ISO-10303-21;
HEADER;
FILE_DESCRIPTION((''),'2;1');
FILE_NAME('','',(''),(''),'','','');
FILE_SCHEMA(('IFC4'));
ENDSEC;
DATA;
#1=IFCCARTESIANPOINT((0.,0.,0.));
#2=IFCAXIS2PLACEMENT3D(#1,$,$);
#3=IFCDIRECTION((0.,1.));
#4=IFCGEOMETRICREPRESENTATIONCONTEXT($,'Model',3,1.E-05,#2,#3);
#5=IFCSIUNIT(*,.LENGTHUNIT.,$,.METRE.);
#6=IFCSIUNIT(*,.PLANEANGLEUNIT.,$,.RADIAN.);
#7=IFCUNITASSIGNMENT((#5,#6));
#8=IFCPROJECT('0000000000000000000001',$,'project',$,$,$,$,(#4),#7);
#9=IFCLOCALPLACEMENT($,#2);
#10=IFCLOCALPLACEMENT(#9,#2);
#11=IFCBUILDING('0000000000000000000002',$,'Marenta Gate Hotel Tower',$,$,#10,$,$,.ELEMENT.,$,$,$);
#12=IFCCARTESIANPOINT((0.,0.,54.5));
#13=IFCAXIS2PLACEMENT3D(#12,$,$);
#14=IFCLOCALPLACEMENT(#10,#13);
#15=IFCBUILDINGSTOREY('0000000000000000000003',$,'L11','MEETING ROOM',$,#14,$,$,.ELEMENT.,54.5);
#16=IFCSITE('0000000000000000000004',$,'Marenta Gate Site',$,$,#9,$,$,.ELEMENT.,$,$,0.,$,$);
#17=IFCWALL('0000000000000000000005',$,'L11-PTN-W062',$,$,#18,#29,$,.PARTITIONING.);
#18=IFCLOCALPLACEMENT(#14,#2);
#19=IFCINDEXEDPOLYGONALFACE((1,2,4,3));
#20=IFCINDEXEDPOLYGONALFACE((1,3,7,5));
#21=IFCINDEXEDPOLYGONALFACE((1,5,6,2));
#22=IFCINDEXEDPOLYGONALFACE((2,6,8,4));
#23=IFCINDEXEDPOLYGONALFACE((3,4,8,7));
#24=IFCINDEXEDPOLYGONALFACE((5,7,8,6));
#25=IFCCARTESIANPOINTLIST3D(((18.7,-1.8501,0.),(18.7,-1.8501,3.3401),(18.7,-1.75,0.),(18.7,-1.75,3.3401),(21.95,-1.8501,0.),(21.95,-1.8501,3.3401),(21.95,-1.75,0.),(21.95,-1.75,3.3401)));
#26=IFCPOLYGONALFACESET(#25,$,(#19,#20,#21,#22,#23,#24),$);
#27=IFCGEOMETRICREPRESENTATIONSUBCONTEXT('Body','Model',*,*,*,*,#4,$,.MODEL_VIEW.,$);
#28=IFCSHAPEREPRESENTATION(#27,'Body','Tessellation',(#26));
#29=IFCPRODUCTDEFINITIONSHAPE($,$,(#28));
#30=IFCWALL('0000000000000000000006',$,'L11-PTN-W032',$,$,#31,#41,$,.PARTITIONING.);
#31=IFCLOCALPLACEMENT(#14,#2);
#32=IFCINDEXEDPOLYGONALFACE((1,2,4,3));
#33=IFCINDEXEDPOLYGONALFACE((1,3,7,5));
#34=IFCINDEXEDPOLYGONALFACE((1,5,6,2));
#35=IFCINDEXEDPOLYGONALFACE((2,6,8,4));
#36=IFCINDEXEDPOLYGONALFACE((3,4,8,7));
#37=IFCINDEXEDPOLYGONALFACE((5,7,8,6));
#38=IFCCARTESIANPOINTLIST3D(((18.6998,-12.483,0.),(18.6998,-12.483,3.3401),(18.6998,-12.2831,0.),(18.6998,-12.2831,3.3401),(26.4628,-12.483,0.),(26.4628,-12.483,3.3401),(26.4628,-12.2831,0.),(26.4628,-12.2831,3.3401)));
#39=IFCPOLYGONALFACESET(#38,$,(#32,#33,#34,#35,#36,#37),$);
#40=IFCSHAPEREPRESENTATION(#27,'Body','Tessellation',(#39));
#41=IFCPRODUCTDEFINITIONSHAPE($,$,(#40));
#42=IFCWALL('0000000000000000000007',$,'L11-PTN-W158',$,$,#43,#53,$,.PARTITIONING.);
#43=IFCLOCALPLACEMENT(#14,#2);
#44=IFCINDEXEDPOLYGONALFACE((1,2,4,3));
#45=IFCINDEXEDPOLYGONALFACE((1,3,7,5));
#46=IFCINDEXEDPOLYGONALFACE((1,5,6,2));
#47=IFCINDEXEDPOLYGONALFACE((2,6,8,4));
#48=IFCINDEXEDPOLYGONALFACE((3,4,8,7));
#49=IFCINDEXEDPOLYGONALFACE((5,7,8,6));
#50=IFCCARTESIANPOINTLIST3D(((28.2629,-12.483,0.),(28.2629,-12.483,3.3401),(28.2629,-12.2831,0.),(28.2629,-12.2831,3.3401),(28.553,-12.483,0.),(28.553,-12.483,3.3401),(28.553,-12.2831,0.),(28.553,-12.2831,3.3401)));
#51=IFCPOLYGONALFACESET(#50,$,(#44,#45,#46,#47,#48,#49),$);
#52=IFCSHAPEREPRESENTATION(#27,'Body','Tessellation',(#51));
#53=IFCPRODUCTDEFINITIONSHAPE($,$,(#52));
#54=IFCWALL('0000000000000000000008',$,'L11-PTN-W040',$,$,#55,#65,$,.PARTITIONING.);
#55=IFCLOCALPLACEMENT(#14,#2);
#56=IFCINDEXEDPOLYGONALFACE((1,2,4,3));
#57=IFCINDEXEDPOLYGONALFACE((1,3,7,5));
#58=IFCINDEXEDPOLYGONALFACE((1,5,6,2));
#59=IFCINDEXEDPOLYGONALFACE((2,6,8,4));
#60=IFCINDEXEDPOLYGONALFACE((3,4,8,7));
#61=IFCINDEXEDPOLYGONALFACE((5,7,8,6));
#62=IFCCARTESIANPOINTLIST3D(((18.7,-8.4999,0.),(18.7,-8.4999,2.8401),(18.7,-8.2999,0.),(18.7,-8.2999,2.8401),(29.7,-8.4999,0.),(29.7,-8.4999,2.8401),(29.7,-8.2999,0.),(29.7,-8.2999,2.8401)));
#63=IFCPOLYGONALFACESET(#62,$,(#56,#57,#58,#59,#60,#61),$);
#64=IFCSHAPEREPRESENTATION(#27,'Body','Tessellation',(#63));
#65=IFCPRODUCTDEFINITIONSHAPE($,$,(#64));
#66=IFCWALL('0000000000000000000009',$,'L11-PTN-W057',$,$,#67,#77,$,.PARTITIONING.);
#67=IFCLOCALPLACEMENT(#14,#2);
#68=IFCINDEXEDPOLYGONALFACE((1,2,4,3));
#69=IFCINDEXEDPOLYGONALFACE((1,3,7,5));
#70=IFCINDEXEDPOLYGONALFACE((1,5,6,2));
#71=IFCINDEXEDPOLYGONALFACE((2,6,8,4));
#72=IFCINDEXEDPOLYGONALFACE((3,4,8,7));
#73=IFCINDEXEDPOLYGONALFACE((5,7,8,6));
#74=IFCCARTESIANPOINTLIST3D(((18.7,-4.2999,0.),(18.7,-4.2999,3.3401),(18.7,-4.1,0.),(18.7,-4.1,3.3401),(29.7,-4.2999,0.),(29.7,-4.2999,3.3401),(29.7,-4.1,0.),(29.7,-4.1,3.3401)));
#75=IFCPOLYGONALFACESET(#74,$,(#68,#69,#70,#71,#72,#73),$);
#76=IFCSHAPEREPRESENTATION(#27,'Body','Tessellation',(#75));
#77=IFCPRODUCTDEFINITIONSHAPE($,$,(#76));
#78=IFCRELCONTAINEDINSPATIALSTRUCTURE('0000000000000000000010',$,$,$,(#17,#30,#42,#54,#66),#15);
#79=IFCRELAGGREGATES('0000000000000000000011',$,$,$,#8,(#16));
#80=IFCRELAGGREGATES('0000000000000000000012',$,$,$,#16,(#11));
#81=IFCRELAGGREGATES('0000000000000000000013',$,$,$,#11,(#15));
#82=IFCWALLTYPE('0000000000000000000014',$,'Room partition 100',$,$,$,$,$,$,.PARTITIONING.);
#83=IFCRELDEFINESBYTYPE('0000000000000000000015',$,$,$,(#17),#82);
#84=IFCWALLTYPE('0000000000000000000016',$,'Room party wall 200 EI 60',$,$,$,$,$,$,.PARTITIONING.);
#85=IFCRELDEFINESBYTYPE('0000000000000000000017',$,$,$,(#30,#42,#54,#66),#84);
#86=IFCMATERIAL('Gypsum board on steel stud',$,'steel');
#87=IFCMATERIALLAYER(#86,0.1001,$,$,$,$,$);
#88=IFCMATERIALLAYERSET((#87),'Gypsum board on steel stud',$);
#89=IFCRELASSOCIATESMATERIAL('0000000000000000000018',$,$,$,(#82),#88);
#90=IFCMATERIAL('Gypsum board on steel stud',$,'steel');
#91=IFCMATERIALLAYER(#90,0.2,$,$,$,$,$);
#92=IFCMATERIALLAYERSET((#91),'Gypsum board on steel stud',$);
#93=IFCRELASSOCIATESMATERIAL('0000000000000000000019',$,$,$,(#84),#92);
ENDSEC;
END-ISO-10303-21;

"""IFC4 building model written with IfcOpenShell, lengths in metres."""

from ifc_helpers import new_model, si_unit, direction, frame, frame_2d, origin, place, context, subcontext, project, spatial, rectangle, extrude, material, layer, layer_set, type_object, element, save


model = new_model("IFC4")

# Units and contexts
model_context = context("Model", 3, precision=1e-05, world=origin(), true_north=direction((0.0, 1.0)))
body_context = subcontext(model_context, "Body", "Model", "MODEL_VIEW")
ifc_project = project(units=[si_unit("LENGTHUNIT", "METRE"), si_unit("PLANEANGLEUNIT", "RADIAN")], contexts=[model_context])

# Site, building, storey
site_placement = place(None, origin())
site = spatial("IfcSite", under=ifc_project, at=site_placement, Name="Marenta Gate Site", CompositionType="ELEMENT", RefElevation=0.0)
building_placement = place(site_placement, origin())
building = spatial("IfcBuilding", under=site, at=building_placement, Name="Marenta Gate Hotel Tower", CompositionType="ELEMENT")
storey_placement = place(building_placement, frame((0.0, 0.0, 54.5)))
storey = spatial("IfcBuildingStorey", under=building, at=storey_placement, Name="L11", Description="MEETING ROOM", CompositionType="ELEMENT", Elevation=54.5)

# Shared definitions
ifc_material_1 = material(Name="Gypsum board on steel stud", Category="steel")
ifc_layer_1 = layer(ifc_material_1, 0.1001)
ifc_layer_set_1 = layer_set([ifc_layer_1], Name="Gypsum board on steel stud")
wall_type_1 = type_object("IfcWallType", Name="Room partition 100", PredefinedType="PARTITIONING", material=ifc_layer_set_1)

# Walls
wall_1_placement = place(storey_placement, frame((18.7, -1.8, 0.0), z_axis=(0.0, 0.0, 1.0), x_axis=(1.0, 0.0, 0.0)))
element("IfcWall", 1, at=wall_1_placement, inside=storey, type_object=wall_type_1, Name="L11-PTN-W062", PredefinedType="PARTITIONING", context=body_context, shape_type="SweptSolid", body=[
    extrude(rectangle(XDim=3.25, YDim=0.1001, at=frame_2d((1.625, 0.0))), origin(), (0.0, 0.0, 1.0), 3.3401),
])
ifc_material_2 = material(Name="Gypsum board on steel stud", Category="steel")
ifc_layer_2 = layer(ifc_material_2, 0.2)
ifc_layer_set_2 = layer_set([ifc_layer_2], Name="Gypsum board on steel stud")
wall_type_2 = type_object("IfcWallType", Name="Room party wall 200 EI 60", PredefinedType="PARTITIONING", material=ifc_layer_set_2)
wall_2_placement = place(storey_placement, frame((18.7, -12.3831, 0.0), z_axis=(0.0, 0.0, 1.0), x_axis=(1.0, 0.0, 0.0)))
element("IfcWall", 2, at=wall_2_placement, inside=storey, type_object=wall_type_2, Name="L11-PTN-W032", PredefinedType="PARTITIONING", context=body_context, shape_type="SweptSolid", body=[
    extrude(rectangle(XDim=7.7629, YDim=0.2, at=frame_2d((3.8813, 0.0))), origin(), (0.0, 0.0, 1.0), 3.3401),
])
wall_3_placement = place(storey_placement, frame((28.2629, -12.3831, 0.0), z_axis=(0.0, 0.0, 1.0), x_axis=(1.0, 0.0, 0.0)))
element("IfcWall", 3, at=wall_3_placement, inside=storey, type_object=wall_type_2, Name="L11-PTN-W158", PredefinedType="PARTITIONING", context=body_context, shape_type="SweptSolid", body=[
    extrude(rectangle(XDim=0.29, YDim=0.2, at=frame_2d((0.145, 0.0))), origin(), (0.0, 0.0, 1.0), 3.3401),
])
wall_4_placement = place(storey_placement, frame((18.7, -8.3999, 0.0), z_axis=(0.0, 0.0, 1.0), x_axis=(1.0, 0.0, 0.0)))
element("IfcWall", 4, at=wall_4_placement, inside=storey, type_object=wall_type_2, Name="L11-PTN-W040", PredefinedType="PARTITIONING", context=body_context, shape_type="SweptSolid", body=[
    extrude(rectangle(XDim=11.0, YDim=0.2, at=frame_2d((5.5, 0.0))), origin(), (0.0, 0.0, 1.0), 2.8401),
])
wall_5_placement = place(storey_placement, frame((18.7, -4.2, 0.0), z_axis=(0.0, 0.0, 1.0), x_axis=(1.0, 0.0, 0.0)))
element("IfcWall", 5, at=wall_5_placement, inside=storey, type_object=wall_type_2, Name="L11-PTN-W057", PredefinedType="PARTITIONING", context=body_context, shape_type="SweptSolid", body=[
    extrude(rectangle(XDim=11.0, YDim=0.2, at=frame_2d((5.5, 0.0))), origin(), (0.0, 0.0, 1.0), 3.3401),
])

save(model, "model.ifc")
